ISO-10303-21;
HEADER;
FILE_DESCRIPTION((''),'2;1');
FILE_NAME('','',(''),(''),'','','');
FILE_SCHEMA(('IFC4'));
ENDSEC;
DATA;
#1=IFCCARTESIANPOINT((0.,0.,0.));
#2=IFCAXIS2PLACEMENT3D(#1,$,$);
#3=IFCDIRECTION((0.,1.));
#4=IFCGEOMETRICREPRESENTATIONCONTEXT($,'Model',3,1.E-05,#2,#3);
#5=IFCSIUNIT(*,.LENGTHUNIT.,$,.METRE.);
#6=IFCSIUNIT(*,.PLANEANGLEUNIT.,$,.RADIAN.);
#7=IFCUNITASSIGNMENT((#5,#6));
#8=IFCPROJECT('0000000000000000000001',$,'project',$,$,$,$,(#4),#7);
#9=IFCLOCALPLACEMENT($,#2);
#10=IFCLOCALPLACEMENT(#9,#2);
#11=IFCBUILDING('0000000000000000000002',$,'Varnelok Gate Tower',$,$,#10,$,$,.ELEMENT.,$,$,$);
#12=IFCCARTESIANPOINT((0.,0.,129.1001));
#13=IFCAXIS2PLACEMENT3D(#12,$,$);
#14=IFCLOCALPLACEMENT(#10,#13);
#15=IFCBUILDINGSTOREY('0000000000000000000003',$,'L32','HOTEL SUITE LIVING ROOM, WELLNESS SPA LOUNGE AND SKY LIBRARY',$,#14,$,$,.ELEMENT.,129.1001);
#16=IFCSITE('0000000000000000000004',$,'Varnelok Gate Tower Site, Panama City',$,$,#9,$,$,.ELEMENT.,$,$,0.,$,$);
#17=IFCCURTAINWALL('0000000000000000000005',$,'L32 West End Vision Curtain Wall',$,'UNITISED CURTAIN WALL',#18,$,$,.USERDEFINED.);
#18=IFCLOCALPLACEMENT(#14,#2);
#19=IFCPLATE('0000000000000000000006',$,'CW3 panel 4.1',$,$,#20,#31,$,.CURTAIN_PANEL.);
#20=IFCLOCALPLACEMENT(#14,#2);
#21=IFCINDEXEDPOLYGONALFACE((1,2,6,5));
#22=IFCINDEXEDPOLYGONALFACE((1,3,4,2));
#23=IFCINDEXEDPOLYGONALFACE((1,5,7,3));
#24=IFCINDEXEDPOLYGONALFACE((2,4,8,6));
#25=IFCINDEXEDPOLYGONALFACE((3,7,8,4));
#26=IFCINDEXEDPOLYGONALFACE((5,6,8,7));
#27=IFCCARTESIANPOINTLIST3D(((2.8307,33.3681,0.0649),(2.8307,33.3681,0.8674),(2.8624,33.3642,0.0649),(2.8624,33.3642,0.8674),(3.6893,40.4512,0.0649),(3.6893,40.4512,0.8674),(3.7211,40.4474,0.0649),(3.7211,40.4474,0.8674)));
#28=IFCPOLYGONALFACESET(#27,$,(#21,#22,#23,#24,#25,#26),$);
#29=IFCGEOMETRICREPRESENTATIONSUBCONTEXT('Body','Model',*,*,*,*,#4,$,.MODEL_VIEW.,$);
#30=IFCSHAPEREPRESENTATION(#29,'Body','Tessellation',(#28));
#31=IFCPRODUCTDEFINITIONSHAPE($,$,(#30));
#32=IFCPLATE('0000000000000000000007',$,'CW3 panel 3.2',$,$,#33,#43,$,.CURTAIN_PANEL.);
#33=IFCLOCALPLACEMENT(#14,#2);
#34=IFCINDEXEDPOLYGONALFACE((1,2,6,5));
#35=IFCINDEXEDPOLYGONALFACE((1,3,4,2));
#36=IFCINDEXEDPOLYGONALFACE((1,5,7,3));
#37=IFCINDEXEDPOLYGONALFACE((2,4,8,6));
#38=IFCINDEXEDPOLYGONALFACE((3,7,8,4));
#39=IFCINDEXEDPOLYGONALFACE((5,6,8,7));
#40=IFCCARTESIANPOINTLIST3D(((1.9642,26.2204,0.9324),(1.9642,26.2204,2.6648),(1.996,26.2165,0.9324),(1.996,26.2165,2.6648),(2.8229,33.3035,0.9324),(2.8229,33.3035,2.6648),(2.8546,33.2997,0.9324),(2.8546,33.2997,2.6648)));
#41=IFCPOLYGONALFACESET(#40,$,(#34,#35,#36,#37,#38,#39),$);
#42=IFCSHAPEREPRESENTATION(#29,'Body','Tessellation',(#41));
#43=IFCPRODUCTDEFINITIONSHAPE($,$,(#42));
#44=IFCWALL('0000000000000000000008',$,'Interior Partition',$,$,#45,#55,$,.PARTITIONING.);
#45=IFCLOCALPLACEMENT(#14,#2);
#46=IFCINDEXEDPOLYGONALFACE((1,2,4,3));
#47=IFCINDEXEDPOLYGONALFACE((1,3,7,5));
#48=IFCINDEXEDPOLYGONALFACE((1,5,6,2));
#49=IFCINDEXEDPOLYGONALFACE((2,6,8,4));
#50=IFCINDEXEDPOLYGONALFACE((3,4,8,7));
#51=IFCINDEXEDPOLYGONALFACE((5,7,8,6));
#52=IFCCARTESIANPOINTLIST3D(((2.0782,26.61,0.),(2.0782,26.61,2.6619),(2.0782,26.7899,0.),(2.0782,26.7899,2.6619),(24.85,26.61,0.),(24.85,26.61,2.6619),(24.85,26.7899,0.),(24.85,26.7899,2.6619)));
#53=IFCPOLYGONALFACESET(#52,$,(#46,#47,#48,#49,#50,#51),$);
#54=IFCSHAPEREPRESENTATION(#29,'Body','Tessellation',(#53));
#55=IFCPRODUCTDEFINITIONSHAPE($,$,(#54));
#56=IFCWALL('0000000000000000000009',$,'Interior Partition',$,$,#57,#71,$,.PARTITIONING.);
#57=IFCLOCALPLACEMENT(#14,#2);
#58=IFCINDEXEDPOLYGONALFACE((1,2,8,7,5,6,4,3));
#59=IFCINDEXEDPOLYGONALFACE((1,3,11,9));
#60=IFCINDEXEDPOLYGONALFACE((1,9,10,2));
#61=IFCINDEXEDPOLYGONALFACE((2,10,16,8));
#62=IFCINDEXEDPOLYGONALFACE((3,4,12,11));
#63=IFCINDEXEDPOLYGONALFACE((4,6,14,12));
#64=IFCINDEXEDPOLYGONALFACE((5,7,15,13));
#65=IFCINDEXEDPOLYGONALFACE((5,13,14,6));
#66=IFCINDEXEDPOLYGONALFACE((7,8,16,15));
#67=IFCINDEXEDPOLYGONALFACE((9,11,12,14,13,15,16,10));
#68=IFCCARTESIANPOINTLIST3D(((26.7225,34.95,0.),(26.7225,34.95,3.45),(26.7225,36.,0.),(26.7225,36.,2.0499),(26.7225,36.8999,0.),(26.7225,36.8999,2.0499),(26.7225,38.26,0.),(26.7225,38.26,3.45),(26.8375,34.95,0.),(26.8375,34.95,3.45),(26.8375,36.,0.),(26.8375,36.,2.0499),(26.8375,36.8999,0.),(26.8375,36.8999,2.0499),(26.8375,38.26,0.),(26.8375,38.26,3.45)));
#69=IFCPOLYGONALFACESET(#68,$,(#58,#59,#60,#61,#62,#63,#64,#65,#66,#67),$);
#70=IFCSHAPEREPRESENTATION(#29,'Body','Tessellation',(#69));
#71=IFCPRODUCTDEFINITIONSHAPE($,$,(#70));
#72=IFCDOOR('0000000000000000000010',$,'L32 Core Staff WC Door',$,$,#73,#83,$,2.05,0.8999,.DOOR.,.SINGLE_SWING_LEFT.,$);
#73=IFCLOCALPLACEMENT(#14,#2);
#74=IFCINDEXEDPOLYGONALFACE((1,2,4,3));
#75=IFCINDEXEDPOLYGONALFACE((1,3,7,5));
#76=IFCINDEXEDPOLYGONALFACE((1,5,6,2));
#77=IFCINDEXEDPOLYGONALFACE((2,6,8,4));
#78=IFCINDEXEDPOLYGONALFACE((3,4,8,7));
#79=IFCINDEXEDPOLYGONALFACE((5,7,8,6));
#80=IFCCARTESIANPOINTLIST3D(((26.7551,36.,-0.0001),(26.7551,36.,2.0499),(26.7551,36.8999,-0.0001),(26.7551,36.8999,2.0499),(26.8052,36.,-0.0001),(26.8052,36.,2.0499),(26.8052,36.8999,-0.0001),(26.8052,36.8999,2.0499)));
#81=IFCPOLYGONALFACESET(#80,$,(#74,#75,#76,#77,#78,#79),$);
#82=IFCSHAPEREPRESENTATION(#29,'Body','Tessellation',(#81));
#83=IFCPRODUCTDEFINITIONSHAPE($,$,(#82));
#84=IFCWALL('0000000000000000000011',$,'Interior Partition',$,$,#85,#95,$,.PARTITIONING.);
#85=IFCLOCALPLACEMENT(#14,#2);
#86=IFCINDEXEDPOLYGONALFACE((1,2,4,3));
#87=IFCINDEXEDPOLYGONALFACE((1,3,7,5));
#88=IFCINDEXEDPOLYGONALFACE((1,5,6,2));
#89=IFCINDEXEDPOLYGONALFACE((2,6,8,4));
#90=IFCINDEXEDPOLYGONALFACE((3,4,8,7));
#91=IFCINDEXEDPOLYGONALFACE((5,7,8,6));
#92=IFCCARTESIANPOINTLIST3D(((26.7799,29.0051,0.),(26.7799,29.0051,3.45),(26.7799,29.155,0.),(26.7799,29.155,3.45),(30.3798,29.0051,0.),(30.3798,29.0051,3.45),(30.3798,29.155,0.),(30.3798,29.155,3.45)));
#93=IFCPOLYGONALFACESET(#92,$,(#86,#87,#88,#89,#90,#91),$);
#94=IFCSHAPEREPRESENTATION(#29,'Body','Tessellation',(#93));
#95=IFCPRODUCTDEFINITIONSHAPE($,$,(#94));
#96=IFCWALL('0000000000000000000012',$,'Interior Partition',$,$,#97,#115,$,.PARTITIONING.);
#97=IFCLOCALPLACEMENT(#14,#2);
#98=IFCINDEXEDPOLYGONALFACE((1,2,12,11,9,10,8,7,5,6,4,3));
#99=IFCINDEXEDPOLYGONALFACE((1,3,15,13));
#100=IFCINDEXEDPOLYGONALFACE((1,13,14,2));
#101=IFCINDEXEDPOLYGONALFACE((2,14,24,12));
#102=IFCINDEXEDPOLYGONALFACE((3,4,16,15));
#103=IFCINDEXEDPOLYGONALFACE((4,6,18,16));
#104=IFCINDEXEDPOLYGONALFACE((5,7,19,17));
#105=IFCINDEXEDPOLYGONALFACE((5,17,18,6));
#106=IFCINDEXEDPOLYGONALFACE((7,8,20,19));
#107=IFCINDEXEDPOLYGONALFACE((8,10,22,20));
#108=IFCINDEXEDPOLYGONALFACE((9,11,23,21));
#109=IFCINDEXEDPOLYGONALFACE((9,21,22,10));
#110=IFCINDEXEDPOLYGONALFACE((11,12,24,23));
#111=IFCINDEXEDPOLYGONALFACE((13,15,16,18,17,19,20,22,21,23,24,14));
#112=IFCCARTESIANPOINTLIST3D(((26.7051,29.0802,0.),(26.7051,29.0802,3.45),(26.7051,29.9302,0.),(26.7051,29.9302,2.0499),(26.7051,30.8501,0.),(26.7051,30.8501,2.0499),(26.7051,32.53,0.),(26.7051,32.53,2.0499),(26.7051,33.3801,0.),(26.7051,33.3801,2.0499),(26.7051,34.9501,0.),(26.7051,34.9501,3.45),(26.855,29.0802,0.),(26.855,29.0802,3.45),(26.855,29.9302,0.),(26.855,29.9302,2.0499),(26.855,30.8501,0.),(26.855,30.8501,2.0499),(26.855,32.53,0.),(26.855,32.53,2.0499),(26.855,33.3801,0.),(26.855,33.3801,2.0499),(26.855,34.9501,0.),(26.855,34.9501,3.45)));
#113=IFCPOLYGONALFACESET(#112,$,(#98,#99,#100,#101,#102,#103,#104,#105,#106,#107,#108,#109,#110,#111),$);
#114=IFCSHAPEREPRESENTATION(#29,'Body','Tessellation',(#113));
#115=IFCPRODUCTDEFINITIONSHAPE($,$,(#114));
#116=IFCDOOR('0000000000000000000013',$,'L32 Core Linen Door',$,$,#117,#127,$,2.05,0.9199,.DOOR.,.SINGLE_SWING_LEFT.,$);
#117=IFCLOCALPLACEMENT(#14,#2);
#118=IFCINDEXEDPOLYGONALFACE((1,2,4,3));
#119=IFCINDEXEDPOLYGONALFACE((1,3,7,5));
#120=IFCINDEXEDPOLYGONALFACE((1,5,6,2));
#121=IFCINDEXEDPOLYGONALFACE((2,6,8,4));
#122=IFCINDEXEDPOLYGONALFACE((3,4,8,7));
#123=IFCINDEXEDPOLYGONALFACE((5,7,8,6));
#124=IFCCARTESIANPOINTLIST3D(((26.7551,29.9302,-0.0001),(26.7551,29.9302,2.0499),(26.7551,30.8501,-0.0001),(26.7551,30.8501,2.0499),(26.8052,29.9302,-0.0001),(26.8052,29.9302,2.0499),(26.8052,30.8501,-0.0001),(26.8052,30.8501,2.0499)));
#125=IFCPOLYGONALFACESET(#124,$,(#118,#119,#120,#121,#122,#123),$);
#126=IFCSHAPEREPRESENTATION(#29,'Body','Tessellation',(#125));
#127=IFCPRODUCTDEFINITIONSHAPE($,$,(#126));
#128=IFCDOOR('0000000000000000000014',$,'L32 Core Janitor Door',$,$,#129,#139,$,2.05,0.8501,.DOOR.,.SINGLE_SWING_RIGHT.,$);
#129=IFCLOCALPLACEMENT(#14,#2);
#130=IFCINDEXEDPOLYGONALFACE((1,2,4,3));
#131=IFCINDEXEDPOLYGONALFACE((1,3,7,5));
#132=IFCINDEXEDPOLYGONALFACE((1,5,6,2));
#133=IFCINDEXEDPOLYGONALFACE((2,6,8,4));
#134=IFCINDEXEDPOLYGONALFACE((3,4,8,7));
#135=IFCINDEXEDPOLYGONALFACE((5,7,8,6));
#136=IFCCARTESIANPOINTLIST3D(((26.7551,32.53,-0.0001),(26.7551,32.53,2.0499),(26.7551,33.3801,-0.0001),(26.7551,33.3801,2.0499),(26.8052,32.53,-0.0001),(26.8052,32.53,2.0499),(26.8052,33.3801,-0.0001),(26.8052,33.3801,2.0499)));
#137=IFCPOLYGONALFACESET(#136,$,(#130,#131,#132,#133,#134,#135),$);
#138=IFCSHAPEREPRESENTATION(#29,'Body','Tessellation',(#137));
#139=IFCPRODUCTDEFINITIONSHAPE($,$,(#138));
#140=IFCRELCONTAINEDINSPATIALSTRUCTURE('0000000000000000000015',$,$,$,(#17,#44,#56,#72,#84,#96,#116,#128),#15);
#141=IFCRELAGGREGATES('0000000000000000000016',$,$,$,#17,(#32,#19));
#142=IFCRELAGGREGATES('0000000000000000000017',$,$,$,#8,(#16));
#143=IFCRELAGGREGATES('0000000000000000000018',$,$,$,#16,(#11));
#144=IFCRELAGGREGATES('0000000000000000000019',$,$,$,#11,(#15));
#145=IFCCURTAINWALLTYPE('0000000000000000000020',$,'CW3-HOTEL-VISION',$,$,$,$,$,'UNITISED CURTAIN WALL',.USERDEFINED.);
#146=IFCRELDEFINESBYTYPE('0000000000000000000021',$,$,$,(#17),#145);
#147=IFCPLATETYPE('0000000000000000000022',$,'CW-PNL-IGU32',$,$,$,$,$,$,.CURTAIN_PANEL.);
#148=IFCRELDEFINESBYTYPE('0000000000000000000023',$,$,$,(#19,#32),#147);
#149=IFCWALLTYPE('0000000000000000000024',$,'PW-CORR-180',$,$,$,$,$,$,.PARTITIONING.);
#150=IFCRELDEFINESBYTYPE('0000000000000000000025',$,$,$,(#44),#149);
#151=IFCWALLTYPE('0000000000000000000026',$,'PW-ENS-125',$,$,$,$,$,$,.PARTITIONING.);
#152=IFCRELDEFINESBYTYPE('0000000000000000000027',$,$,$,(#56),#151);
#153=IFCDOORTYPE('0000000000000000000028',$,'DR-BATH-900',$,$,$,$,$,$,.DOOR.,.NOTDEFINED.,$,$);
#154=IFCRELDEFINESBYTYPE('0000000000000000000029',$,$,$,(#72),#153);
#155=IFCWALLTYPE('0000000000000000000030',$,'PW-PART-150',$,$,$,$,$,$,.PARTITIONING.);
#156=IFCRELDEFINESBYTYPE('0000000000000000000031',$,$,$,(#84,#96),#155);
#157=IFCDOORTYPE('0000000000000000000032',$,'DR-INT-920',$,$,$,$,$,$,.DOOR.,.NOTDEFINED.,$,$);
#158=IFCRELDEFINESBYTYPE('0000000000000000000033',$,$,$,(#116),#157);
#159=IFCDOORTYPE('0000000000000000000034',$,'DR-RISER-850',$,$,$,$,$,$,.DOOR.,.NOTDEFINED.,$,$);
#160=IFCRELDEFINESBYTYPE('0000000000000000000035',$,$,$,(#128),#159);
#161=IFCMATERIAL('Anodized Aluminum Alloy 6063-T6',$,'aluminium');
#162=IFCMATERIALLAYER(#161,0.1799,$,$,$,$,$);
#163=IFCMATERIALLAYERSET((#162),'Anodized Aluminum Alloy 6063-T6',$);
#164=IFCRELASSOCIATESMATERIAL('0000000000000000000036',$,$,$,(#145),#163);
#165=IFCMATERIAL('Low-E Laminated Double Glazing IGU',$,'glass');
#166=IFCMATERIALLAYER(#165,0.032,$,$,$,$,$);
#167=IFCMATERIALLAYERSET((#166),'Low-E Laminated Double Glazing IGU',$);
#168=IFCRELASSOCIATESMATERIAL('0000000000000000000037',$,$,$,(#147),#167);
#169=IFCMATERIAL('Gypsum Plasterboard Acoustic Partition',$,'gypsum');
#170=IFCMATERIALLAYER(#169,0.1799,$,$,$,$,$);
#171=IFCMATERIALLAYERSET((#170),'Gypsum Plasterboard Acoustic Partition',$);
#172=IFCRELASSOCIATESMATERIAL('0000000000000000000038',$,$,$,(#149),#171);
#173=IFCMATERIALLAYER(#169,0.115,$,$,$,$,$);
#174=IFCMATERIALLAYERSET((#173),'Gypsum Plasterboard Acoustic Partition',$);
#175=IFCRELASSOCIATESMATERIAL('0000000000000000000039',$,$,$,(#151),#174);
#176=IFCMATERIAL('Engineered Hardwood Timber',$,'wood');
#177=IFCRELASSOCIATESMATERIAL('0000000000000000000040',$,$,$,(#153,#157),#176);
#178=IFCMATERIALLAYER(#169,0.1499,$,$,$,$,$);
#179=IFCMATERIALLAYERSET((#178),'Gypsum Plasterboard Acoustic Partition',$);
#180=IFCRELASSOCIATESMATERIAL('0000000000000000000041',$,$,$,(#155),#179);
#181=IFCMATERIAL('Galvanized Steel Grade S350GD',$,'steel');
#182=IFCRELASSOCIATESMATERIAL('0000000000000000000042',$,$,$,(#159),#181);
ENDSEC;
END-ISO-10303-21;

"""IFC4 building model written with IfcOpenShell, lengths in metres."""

from ifc_helpers import new_model, si_unit, direction, frame, frame_2d, origin, origin_2d, place, context, subcontext, project, spatial, rectangle, extrude, source, transform, mapped, material, layer, layer_set, type_object, element, fill, aggregate, save


model = new_model("IFC4")

# Units and contexts
model_context = context("Model", 3, precision=1e-05, world=origin(), true_north=direction((0.0, 1.0)))
body_context = subcontext(model_context, "Body", "Model", "MODEL_VIEW")
ifc_project = project(units=[si_unit("LENGTHUNIT", "METRE"), si_unit("PLANEANGLEUNIT", "RADIAN")], contexts=[model_context])

# Site, building, storey
site_placement = place(None, origin())
site = spatial("IfcSite", under=ifc_project, at=site_placement, Name="Varnelok Gate Tower Site, Panama City", CompositionType="ELEMENT", RefElevation=0.0)
building_placement = place(site_placement, origin())
building = spatial("IfcBuilding", under=site, at=building_placement, Name="Varnelok Gate Tower", CompositionType="ELEMENT")
storey_placement = place(building_placement, frame((0.0, 0.0, 129.1001)))
storey = spatial("IfcBuildingStorey", under=building, at=storey_placement, Name="L32", Description="HOTEL SUITE LIVING ROOM, WELLNESS SPA LOUNGE AND SKY LIBRARY", CompositionType="ELEMENT", Elevation=129.1001)

# Curtain wall, plates
ifc_material_1 = material(Name="Anodized Aluminum Alloy 6063-T6", Category="aluminium")
ifc_layer_1 = layer(ifc_material_1, 0.1799)
ifc_layer_set_1 = layer_set([ifc_layer_1], Name="Anodized Aluminum Alloy 6063-T6")
curtain_wall_type = type_object("IfcCurtainWallType", Name="CW3-HOTEL-VISION", ElementType="UNITISED CURTAIN WALL", PredefinedType="USERDEFINED", material=ifc_layer_set_1)
curtain_wall_placement = place(storey_placement, origin())
curtain_wall = element("IfcCurtainWall", 1, at=curtain_wall_placement, inside=storey, type_object=curtain_wall_type, Name="L32 West End Vision Curtain Wall", ObjectType="UNITISED CURTAIN WALL", PredefinedType="USERDEFINED")
ifc_material_2 = material(Name="Low-E Laminated Double Glazing IGU", Category="glass")
ifc_layer_2 = layer(ifc_material_2, 0.032)
ifc_layer_set_2 = layer_set([ifc_layer_2], Name="Low-E Laminated Double Glazing IGU")
plate_type = type_object("IfcPlateType", Name="CW-PNL-IGU32", PredefinedType="CURTAIN_PANEL", material=ifc_layer_set_2)
shared_shape_1 = source(origin(), body_context, "Body", "SweptSolid", [
    extrude(rectangle(XDim=7.135, YDim=0.032, at=origin_2d()), origin(), (0.0, 0.0, 1.0), 0.8025),
])
plate_1_placement = place(storey_placement, frame((3.2759, 36.9077, 0.0649), z_axis=(0.0, 0.0, 1.0), x_axis=(0.120347, 0.992732, 0.0)))
plate_1 = element("IfcPlate", 2, at=plate_1_placement, type_object=plate_type, Name="CW3 panel 4.1", PredefinedType="CURTAIN_PANEL", context=body_context, shape_type="MappedRepresentation", body=[
    mapped(shared_shape_1, transform((0.0, 0.0, 0.0), scale=1.0)),
])
shared_shape_2 = source(origin(), body_context, "Body", "SweptSolid", [
    extrude(rectangle(XDim=7.135, YDim=0.032, at=origin_2d()), origin(), (0.0, 0.0, 1.0), 1.7324),
])
plate_2_placement = place(storey_placement, frame((2.4094, 29.76, 0.9324), z_axis=(0.0, 0.0, 1.0), x_axis=(0.120347, 0.992732, 0.0)))
plate_2 = element("IfcPlate", 3, at=plate_2_placement, type_object=plate_type, Name="CW3 panel 3.2", PredefinedType="CURTAIN_PANEL", context=body_context, shape_type="MappedRepresentation", body=[
    mapped(shared_shape_2, transform((0.0, 0.0, 0.0), scale=1.0)),
])
aggregate(curtain_wall, [plate_2, plate_1])

# Wall
ifc_material_3 = material(Name="Gypsum Plasterboard Acoustic Partition", Category="gypsum")
ifc_layer_3 = layer(ifc_material_3, 0.1799)
ifc_layer_set_3 = layer_set([ifc_layer_3], Name="Gypsum Plasterboard Acoustic Partition")
wall_type_1 = type_object("IfcWallType", Name="PW-CORR-180", PredefinedType="PARTITIONING", material=ifc_layer_set_3)
wall_1_placement = place(storey_placement, frame((2.0784, 26.7, 0.0), z_axis=(0.0, 0.0, 1.0), x_axis=(1.0, 0.0, 0.0)))
element("IfcWall", 4, at=wall_1_placement, inside=storey, type_object=wall_type_1, Name="Interior Partition", PredefinedType="PARTITIONING", context=body_context, shape_type="SweptSolid", body=[
    extrude(rectangle(XDim=22.7717, YDim=0.1799, at=frame_2d((11.3857, 0.0))), origin(), (0.0, 0.0, 1.0), 2.6619),
])

# Wall, opening, door
ifc_layer_4 = layer(ifc_material_3, 0.115)
ifc_layer_set_4 = layer_set([ifc_layer_4], Name="Gypsum Plasterboard Acoustic Partition")
wall_type_2 = type_object("IfcWallType", Name="PW-ENS-125", PredefinedType="PARTITIONING", material=ifc_layer_set_4)
wall_2_placement = place(storey_placement, frame((26.78, 34.95, 0.0), z_axis=(0.0, 0.0, 1.0), x_axis=(0.0, 1.0, 0.0)))
wall_2 = element("IfcWall", 5, at=wall_2_placement, inside=storey, type_object=wall_type_2, Name="Interior Partition", PredefinedType="PARTITIONING", context=body_context, shape_type="SweptSolid", body=[
    extrude(rectangle(XDim=3.3101, YDim=0.115, at=frame_2d((1.655, 0.0))), origin(), (0.0, 0.0, 1.0), 3.45),
])
opening_1_placement = place(wall_2_placement, frame((1.05, 0.0, 0.0)))
opening_1 = element("IfcOpeningElement", 6, at=opening_1_placement, cuts=wall_2, PredefinedType="OPENING", context=body_context, shape_type="SweptSolid", body=[
    extrude(rectangle(XDim=0.8999, YDim=2.05, at=frame_2d((0.45, 1.0249))), frame((0.0, 0.0674, 0.0), z_axis=(0.0, -1.0, 0.0), x_axis=(1.0, 0.0, 0.0)), (0.0, 0.0, 1.0), 0.135),
])
ifc_material_4 = material(Name="Engineered Hardwood Timber", Category="wood")
door_type_1 = type_object("IfcDoorType", Name="DR-BATH-900", OperationType="NOTDEFINED", PredefinedType="DOOR", material=ifc_material_4)
door_1_placement = place(opening_1_placement, origin())
door_1 = element("IfcDoor", 7, at=door_1_placement, inside=storey, type_object=door_type_1, Name="L32 Core Staff WC Door", OperationType="SINGLE_SWING_LEFT", OverallHeight=2.05, OverallWidth=0.8999, PredefinedType="DOOR", context=body_context, shape_type="SweptSolid", body=[
    extrude(rectangle(XDim=0.8999, YDim=2.05, at=frame_2d((0.45, 1.0249))), frame((0.0, 0.0249, 0.0), z_axis=(0.0, -1.0, 0.0), x_axis=(1.0, 0.0, 0.0)), (0.0, 0.0, 1.0), 0.05),
])
fill(opening_1, door_1)

# Wall
ifc_layer_5 = layer(ifc_material_3, 0.1499)
ifc_layer_set_5 = layer_set([ifc_layer_5], Name="Gypsum Plasterboard Acoustic Partition")
wall_type_3 = type_object("IfcWallType", Name="PW-PART-150", PredefinedType="PARTITIONING", material=ifc_layer_set_5)
wall_3_placement = place(storey_placement, frame((26.78, 29.0801, 0.0), z_axis=(0.0, 0.0, 1.0), x_axis=(1.0, 0.0, 0.0)))
element("IfcWall", 8, at=wall_3_placement, inside=storey, type_object=wall_type_3, Name="Interior Partition", PredefinedType="PARTITIONING", context=body_context, shape_type="SweptSolid", body=[
    extrude(rectangle(XDim=3.5999, YDim=0.1499, at=frame_2d((1.7998, 0.0))), origin(), (0.0, 0.0, 1.0), 3.45),
])

# Wall, openings, doors
wall_4_placement = place(storey_placement, frame((26.78, 29.0801, 0.0), z_axis=(0.0, 0.0, 1.0), x_axis=(0.0, 1.0, 0.0)))
wall_4 = element("IfcWall", 9, at=wall_4_placement, inside=storey, type_object=wall_type_3, Name="Interior Partition", PredefinedType="PARTITIONING", context=body_context, shape_type="SweptSolid", body=[
    extrude(rectangle(XDim=5.8699, YDim=0.1499, at=frame_2d((2.9351, 0.0))), origin(), (0.0, 0.0, 1.0), 3.45),
])
opening_2_placement = place(wall_4_placement, frame((0.8501, 0.0, 0.0)))
opening_2 = element("IfcOpeningElement", 10, at=opening_2_placement, cuts=wall_4, PredefinedType="OPENING", context=body_context, shape_type="SweptSolid", body=[
    extrude(rectangle(XDim=0.9199, YDim=2.05, at=frame_2d((0.46, 1.0249))), frame((0.0, 0.085, 0.0), z_axis=(0.0, -1.0, 0.0), x_axis=(1.0, 0.0, 0.0)), (0.0, 0.0, 1.0), 0.1699),
])
opening_3_placement = place(wall_4_placement, frame((3.45, 0.0, 0.0)))
opening_3 = element("IfcOpeningElement", 11, at=opening_3_placement, cuts=wall_4, PredefinedType="OPENING", context=body_context, shape_type="SweptSolid", body=[
    extrude(rectangle(XDim=0.8501, YDim=2.05, at=frame_2d((0.425, 1.0249))), frame((0.0, 0.085, 0.0), z_axis=(0.0, -1.0, 0.0), x_axis=(1.0, 0.0, 0.0)), (0.0, 0.0, 1.0), 0.1699),
])
door_type_2 = type_object("IfcDoorType", Name="DR-INT-920", OperationType="NOTDEFINED", PredefinedType="DOOR", material=ifc_material_4)
door_2_placement = place(opening_2_placement, origin())
door_2 = element("IfcDoor", 12, at=door_2_placement, inside=storey, type_object=door_type_2, Name="L32 Core Linen Door", OperationType="SINGLE_SWING_LEFT", OverallHeight=2.05, OverallWidth=0.9199, PredefinedType="DOOR", context=body_context, shape_type="SweptSolid", body=[
    extrude(rectangle(XDim=0.9199, YDim=2.05, at=frame_2d((0.46, 1.0249))), frame((0.0, 0.0249, 0.0), z_axis=(0.0, -1.0, 0.0), x_axis=(1.0, 0.0, 0.0)), (0.0, 0.0, 1.0), 0.05),
])
fill(opening_2, door_2)
ifc_material_5 = material(Name="Galvanized Steel Grade S350GD", Category="steel")
door_type_3 = type_object("IfcDoorType", Name="DR-RISER-850", OperationType="NOTDEFINED", PredefinedType="DOOR", material=ifc_material_5)
door_3_placement = place(opening_3_placement, origin())
door_3 = element("IfcDoor", 13, at=door_3_placement, inside=storey, type_object=door_type_3, Name="L32 Core Janitor Door", OperationType="SINGLE_SWING_RIGHT", OverallHeight=2.05, OverallWidth=0.8501, PredefinedType="DOOR", context=body_context, shape_type="SweptSolid", body=[
    extrude(rectangle(XDim=0.8501, YDim=2.05, at=frame_2d((0.425, 1.0249))), frame((0.0, 0.0249, 0.0), z_axis=(0.0, -1.0, 0.0), x_axis=(1.0, 0.0, 0.0)), (0.0, 0.0, 1.0), 0.05),
])
fill(opening_3, door_3)

save(model, "model.ifc")
